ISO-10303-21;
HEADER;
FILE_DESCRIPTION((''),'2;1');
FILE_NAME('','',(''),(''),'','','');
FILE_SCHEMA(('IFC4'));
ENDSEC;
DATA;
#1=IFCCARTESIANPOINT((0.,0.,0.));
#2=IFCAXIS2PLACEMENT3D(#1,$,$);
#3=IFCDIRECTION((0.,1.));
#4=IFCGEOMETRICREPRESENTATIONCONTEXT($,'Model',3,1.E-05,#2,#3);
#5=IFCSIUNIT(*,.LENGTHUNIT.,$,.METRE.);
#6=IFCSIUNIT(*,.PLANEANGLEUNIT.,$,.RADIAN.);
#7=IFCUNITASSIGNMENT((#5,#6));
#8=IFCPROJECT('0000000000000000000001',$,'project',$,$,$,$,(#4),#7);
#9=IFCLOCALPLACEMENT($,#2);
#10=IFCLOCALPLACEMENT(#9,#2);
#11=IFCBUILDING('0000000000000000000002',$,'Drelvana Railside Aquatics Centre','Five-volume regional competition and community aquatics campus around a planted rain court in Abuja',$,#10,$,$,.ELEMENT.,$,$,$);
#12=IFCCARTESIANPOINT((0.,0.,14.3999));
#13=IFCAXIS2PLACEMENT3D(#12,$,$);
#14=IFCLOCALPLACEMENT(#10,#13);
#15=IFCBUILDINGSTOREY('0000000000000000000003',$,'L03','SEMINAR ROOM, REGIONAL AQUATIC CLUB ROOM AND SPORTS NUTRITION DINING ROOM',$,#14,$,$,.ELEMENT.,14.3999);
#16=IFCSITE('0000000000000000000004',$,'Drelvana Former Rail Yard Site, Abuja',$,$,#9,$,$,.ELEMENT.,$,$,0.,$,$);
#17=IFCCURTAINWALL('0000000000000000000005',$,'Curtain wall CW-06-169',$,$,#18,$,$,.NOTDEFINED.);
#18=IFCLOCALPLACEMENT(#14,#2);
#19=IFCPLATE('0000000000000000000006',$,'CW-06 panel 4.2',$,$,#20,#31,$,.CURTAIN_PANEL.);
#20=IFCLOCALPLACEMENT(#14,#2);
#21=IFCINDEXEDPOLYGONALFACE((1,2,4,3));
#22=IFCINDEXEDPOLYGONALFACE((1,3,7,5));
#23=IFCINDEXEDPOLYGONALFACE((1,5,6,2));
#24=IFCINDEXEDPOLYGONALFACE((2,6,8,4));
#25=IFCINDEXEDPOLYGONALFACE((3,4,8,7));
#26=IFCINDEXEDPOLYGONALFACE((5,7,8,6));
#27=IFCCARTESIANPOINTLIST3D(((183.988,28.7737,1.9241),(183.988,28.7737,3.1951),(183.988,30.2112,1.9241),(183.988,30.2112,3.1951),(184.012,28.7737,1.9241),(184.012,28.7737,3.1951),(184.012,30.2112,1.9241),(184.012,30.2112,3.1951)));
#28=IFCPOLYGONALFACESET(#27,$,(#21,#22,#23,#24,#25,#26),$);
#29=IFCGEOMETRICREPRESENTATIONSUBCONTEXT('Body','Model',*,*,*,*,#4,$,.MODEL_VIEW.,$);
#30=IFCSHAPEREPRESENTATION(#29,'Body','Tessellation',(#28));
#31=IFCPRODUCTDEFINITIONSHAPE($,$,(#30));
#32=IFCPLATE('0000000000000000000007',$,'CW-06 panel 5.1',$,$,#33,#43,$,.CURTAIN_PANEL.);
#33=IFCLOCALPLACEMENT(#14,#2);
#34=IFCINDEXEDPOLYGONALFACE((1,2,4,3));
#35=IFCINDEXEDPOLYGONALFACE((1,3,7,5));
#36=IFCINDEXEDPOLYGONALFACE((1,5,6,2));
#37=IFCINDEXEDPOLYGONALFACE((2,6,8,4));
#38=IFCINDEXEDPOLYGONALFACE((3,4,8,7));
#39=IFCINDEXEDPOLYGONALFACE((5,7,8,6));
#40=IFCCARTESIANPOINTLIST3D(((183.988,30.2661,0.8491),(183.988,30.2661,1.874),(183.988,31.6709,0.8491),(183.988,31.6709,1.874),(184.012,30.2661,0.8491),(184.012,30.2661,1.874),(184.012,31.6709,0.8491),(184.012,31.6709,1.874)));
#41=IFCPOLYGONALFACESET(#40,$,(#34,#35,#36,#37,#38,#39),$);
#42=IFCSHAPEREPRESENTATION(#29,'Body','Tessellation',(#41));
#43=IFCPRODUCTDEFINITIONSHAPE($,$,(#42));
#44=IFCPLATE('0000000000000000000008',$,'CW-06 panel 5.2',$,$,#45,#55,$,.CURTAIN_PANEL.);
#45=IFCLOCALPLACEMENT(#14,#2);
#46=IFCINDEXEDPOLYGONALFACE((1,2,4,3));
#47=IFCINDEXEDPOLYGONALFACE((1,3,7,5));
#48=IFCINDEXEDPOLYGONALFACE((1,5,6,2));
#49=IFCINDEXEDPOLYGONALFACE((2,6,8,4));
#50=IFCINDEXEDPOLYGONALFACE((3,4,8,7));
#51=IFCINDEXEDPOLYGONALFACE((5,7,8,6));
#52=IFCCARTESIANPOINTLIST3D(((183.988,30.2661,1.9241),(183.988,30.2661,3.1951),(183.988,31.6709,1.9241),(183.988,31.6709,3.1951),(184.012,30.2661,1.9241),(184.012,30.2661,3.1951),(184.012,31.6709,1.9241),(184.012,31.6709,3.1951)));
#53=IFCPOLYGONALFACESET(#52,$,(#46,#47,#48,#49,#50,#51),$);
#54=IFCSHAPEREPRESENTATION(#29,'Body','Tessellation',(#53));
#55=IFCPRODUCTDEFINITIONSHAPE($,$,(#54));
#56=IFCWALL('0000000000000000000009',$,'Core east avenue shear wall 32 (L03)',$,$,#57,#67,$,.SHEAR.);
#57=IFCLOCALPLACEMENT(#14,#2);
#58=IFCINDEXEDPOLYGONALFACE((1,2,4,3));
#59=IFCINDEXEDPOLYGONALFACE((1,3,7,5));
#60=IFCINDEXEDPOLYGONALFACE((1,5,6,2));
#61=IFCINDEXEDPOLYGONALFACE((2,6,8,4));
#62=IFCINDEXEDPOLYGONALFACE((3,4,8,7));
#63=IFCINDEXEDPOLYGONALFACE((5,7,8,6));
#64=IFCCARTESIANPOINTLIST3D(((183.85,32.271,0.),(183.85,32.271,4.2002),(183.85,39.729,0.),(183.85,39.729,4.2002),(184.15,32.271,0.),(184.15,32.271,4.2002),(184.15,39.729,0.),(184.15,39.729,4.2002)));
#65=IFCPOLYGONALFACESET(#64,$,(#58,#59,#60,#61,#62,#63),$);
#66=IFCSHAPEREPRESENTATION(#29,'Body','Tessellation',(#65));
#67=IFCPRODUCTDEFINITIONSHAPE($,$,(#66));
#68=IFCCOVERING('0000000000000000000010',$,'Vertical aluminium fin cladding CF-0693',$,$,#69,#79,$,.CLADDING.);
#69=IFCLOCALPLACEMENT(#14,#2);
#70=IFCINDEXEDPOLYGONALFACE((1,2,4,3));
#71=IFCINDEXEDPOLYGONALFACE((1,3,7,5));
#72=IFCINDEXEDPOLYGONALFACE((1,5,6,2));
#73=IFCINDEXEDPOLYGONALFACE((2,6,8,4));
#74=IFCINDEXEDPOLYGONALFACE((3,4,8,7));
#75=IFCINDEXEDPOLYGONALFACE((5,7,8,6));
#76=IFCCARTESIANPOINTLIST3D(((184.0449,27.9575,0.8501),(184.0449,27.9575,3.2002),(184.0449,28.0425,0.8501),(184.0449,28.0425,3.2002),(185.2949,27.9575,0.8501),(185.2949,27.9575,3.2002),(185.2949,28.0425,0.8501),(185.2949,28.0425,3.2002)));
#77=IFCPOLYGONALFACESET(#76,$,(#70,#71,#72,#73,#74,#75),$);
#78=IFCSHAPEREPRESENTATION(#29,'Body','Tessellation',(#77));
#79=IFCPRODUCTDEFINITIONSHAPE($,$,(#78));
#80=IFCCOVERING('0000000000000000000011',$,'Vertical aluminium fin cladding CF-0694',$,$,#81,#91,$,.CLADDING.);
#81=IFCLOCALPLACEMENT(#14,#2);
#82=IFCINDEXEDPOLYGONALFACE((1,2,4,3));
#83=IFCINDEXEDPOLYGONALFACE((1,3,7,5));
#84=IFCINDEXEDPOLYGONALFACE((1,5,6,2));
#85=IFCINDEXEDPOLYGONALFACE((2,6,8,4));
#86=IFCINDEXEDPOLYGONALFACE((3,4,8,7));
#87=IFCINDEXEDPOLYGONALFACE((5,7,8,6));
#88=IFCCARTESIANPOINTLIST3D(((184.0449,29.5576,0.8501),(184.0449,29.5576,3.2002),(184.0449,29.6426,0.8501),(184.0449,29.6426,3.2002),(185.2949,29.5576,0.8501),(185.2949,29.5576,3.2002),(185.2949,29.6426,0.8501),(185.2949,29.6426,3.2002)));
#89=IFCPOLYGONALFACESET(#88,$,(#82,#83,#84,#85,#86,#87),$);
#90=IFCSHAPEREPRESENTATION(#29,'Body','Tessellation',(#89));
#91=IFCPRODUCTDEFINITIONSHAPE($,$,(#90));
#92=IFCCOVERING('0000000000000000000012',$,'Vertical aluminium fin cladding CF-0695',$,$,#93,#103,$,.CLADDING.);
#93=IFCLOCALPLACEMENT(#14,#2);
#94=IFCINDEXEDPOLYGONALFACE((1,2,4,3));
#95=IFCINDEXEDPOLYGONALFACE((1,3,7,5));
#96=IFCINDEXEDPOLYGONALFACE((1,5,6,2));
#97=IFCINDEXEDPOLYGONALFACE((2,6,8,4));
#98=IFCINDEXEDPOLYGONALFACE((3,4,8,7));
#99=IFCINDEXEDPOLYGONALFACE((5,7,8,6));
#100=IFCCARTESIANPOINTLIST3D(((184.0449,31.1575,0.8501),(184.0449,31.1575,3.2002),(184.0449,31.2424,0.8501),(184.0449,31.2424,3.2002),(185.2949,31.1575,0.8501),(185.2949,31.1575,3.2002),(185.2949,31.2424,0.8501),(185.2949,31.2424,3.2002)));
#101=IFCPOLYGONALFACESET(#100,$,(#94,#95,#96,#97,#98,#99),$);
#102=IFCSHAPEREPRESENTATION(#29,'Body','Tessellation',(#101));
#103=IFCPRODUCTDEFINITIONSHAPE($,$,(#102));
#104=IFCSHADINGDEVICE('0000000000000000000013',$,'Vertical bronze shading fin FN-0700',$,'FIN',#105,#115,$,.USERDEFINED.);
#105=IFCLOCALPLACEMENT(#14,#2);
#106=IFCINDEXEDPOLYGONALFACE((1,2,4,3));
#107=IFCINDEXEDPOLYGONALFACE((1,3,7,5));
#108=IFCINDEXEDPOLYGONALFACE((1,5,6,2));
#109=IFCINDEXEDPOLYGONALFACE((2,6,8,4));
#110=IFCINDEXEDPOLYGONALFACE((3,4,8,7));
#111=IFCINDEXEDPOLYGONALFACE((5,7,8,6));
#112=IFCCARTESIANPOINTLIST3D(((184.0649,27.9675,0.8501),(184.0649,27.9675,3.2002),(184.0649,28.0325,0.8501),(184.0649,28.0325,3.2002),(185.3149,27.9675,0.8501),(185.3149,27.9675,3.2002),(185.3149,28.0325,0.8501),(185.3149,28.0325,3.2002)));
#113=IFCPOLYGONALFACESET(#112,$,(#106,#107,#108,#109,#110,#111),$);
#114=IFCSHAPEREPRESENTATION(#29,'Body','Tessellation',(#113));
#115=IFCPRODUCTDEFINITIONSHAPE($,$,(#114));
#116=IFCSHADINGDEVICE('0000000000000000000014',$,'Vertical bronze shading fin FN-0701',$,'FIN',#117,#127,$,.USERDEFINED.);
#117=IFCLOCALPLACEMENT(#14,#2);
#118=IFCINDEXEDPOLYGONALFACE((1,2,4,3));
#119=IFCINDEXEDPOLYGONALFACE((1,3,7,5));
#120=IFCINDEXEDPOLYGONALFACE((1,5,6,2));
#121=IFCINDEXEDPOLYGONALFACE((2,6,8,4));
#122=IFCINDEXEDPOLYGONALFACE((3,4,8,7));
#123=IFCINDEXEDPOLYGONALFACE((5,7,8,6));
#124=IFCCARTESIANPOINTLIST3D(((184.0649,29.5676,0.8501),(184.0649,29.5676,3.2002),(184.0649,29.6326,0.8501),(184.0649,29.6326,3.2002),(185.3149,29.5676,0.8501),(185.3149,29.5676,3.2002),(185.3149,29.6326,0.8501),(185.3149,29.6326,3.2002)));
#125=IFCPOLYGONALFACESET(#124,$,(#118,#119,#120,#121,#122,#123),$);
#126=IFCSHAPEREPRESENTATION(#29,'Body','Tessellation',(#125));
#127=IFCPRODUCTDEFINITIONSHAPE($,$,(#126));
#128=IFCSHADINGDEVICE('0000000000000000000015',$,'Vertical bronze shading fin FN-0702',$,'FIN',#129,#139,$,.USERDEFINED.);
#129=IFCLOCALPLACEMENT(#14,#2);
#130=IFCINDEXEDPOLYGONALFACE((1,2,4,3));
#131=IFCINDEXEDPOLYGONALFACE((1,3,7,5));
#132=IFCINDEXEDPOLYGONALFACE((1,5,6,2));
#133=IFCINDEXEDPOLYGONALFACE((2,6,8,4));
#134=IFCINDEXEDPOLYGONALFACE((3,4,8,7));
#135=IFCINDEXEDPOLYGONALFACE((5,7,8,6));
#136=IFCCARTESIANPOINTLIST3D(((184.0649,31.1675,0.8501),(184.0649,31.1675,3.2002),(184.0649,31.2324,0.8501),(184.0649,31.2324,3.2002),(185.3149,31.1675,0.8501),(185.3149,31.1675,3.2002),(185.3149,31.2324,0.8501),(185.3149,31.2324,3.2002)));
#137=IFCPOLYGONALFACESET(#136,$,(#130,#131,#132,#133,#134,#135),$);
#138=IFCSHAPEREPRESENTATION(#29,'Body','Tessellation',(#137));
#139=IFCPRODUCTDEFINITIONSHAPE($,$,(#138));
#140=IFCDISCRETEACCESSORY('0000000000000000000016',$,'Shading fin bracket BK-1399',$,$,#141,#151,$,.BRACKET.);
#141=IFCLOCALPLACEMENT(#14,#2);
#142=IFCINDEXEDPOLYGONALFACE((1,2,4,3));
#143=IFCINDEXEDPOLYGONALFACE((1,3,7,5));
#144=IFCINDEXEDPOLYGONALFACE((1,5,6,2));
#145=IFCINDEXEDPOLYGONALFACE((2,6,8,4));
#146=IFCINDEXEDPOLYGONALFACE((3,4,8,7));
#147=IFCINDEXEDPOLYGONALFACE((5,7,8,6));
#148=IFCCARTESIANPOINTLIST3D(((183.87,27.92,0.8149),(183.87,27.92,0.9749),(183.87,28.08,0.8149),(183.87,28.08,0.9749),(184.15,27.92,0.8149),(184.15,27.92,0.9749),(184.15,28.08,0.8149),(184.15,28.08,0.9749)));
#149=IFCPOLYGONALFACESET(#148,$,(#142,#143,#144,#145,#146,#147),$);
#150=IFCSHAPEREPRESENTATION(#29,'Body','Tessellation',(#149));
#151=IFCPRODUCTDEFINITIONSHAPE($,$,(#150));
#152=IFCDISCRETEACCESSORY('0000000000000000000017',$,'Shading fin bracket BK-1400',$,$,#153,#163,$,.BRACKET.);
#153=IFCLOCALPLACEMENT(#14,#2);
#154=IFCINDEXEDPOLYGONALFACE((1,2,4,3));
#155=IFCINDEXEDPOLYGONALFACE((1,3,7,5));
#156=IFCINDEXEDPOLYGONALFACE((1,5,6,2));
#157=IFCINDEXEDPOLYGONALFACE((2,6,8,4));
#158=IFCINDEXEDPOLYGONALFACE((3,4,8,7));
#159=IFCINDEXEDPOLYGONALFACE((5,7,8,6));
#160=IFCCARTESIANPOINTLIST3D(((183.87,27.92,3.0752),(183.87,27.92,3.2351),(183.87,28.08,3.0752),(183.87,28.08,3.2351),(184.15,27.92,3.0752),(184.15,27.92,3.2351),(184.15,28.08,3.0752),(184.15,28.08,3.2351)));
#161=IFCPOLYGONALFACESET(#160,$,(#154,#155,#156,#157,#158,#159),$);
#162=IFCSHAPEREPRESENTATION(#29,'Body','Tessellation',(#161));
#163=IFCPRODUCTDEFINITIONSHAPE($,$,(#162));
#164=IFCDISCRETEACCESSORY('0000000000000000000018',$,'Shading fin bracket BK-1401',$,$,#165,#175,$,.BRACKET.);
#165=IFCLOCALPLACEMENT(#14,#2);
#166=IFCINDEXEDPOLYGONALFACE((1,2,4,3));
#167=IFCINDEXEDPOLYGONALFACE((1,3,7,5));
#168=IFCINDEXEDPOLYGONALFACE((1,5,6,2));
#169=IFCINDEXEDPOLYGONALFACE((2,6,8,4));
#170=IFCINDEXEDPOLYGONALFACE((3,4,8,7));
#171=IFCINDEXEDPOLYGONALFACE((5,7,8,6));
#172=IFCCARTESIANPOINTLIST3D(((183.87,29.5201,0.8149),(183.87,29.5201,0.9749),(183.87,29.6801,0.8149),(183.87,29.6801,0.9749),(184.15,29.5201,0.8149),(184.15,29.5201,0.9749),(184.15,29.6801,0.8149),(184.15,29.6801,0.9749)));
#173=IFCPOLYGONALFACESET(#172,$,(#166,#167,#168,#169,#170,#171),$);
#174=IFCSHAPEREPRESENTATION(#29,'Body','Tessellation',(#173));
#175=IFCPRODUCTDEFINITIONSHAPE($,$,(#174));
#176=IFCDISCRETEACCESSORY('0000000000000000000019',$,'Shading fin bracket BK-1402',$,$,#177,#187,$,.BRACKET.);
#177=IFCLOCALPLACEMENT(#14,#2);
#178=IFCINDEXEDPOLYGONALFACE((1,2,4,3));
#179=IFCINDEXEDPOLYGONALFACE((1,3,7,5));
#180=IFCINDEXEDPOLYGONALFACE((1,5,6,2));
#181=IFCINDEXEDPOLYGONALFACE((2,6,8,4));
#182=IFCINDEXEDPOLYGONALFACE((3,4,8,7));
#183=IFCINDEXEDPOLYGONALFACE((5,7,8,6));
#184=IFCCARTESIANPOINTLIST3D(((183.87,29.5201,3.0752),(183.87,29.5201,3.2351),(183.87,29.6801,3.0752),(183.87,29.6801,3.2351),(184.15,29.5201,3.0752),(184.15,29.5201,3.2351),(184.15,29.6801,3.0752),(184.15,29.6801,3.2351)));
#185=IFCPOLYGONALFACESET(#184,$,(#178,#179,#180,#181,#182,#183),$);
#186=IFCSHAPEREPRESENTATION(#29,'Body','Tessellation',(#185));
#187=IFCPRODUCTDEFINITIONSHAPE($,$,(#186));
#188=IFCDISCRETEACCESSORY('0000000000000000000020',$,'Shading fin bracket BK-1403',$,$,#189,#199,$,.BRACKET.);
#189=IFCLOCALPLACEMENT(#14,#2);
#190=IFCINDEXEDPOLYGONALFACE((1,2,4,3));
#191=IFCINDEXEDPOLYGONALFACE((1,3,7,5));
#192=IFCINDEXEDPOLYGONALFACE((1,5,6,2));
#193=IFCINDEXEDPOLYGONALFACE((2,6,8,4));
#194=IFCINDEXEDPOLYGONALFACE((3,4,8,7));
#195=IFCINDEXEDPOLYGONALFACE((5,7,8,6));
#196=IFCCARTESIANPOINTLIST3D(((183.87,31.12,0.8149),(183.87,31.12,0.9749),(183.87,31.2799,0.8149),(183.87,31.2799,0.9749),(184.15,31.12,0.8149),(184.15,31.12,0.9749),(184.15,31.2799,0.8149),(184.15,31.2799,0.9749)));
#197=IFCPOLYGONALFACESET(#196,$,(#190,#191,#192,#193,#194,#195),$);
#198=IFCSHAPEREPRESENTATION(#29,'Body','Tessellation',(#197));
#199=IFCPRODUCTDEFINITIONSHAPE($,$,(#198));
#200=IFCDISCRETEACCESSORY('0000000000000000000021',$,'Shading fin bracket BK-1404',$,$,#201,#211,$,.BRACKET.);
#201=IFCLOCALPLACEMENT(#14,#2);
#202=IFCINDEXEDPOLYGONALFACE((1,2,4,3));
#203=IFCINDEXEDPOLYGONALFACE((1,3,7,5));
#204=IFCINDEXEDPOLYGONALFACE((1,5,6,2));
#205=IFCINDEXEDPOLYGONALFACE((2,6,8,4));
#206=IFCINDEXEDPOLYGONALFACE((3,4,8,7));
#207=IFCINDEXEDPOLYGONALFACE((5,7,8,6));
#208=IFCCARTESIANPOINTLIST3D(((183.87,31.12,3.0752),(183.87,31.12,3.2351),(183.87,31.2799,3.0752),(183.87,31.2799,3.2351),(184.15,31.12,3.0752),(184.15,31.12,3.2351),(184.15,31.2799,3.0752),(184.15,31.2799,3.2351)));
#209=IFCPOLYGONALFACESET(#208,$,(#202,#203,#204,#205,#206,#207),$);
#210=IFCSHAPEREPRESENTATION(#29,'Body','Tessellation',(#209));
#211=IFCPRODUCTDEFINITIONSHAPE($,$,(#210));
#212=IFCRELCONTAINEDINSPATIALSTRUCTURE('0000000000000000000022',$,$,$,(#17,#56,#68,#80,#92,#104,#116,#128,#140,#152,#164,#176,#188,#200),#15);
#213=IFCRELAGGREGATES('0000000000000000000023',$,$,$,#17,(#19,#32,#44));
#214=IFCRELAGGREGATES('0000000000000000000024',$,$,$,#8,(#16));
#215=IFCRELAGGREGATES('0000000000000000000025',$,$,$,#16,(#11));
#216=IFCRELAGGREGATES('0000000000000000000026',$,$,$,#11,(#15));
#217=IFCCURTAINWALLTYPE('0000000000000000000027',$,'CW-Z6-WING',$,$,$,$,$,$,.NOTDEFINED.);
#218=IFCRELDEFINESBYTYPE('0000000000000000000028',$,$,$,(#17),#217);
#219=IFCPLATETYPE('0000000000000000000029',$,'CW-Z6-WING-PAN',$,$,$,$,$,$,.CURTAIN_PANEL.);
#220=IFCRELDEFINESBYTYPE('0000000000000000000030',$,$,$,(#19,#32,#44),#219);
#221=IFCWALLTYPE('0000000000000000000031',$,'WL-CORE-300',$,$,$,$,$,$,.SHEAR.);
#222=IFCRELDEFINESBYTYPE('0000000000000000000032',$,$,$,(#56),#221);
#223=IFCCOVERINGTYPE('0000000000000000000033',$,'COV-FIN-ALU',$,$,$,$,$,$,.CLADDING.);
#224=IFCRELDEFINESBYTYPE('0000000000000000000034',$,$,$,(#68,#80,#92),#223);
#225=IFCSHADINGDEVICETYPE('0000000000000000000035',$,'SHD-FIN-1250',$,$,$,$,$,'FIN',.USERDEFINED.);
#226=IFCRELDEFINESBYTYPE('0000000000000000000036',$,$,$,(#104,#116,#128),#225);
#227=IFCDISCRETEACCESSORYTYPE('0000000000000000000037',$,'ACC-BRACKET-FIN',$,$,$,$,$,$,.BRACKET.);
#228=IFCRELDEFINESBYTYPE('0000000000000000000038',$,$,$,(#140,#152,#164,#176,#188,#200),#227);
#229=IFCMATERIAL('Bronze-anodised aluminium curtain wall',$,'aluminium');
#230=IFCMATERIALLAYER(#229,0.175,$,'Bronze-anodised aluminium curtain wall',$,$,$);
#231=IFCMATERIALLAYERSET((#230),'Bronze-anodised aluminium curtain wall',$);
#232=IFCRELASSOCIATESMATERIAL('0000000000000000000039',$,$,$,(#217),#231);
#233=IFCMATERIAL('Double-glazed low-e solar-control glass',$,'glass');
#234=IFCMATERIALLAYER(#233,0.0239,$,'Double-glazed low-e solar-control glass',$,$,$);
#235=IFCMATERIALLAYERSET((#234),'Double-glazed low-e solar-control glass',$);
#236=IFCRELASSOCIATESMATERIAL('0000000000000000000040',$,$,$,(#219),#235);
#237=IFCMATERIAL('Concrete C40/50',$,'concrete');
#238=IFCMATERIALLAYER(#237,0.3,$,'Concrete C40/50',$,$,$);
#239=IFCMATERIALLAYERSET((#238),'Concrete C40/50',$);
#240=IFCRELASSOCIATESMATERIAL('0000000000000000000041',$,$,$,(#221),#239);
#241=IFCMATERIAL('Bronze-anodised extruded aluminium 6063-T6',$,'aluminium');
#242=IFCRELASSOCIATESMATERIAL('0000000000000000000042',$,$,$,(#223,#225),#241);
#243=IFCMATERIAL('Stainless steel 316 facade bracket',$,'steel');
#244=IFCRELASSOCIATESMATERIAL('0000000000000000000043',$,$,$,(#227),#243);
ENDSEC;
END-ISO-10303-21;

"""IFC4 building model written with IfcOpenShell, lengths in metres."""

from ifc_helpers import new_model, si_unit, direction, frame, frame_2d, origin, origin_2d, place, context, subcontext, project, spatial, rectangle, extrude, material, layer, layer_set, type_object, element, aggregate, save


model = new_model("IFC4")

# Units and contexts
model_context = context("Model", 3, precision=1e-05, world=origin(), true_north=direction((0.0, 1.0)))
body_context = subcontext(model_context, "Body", "Model", "MODEL_VIEW")
ifc_project = project(units=[si_unit("LENGTHUNIT", "METRE"), si_unit("PLANEANGLEUNIT", "RADIAN")], contexts=[model_context])

# Site, building, storey
site_placement = place(None, origin())
site = spatial("IfcSite", under=ifc_project, at=site_placement, Name="Drelvana Former Rail Yard Site, Abuja", CompositionType="ELEMENT", RefElevation=0.0)
building_placement = place(site_placement, origin())
building = spatial("IfcBuilding", under=site, at=building_placement, Name="Drelvana Railside Aquatics Centre", Description="Five-volume regional competition and community aquatics campus around a planted rain court in Abuja", CompositionType="ELEMENT")
storey_placement = place(building_placement, frame((0.0, 0.0, 14.3999)))
storey = spatial("IfcBuildingStorey", under=building, at=storey_placement, Name="L03", Description="SEMINAR ROOM, REGIONAL AQUATIC CLUB ROOM AND SPORTS NUTRITION DINING ROOM", CompositionType="ELEMENT", Elevation=14.3999)

# Shared definitions
ifc_material_1 = material(Name="Concrete C40/50", Category="concrete")

# Curtain wall
ifc_material_2 = material(Name="Bronze-anodised aluminium curtain wall", Category="aluminium")
ifc_layer_1 = layer(ifc_material_2, 0.175, Name="Bronze-anodised aluminium curtain wall")
ifc_layer_set_1 = layer_set([ifc_layer_1], Name="Bronze-anodised aluminium curtain wall")
curtain_wall_type = type_object("IfcCurtainWallType", Name="CW-Z6-WING", PredefinedType="NOTDEFINED", material=ifc_layer_set_1)
curtain_wall_placement = place(storey_placement, origin())
curtain_wall = element("IfcCurtainWall", 1, at=curtain_wall_placement, inside=storey, type_object=curtain_wall_type, Name="Curtain wall CW-06-169", PredefinedType="NOTDEFINED")

# Plates
ifc_material_3 = material(Name="Double-glazed low-e solar-control glass", Category="glass")
ifc_layer_2 = layer(ifc_material_3, 0.0239, Name="Double-glazed low-e solar-control glass")
ifc_layer_set_2 = layer_set([ifc_layer_2], Name="Double-glazed low-e solar-control glass")
plate_type = type_object("IfcPlateType", Name="CW-Z6-WING-PAN", PredefinedType="CURTAIN_PANEL", material=ifc_layer_set_2)
plate_1_placement = place(storey_placement, frame((184.0, 29.4924, 1.9241), z_axis=(0.0, 0.0, 1.0), x_axis=(0.0, 1.0, 0.0)))
plate_1 = element("IfcPlate", 2, at=plate_1_placement, type_object=plate_type, Name="CW-06 panel 4.2", PredefinedType="CURTAIN_PANEL", context=body_context, shape_type="SweptSolid", body=[
    extrude(rectangle(XDim=1.4375, YDim=0.0239, at=origin_2d()), origin(), (0.0, 0.0, 1.0), 1.271),
])
plate_2_placement = place(storey_placement, frame((184.0, 30.9685, 0.8491), z_axis=(0.0, 0.0, 1.0), x_axis=(0.0, 1.0, 0.0)))
plate_2 = element("IfcPlate", 3, at=plate_2_placement, type_object=plate_type, Name="CW-06 panel 5.1", PredefinedType="CURTAIN_PANEL", context=body_context, shape_type="SweptSolid", body=[
    extrude(rectangle(XDim=1.4048, YDim=0.0239, at=origin_2d()), origin(), (0.0, 0.0, 1.0), 1.0249),
])
plate_3_placement = place(storey_placement, frame((184.0, 30.9685, 1.9241), z_axis=(0.0, 0.0, 1.0), x_axis=(0.0, 1.0, 0.0)))
plate_3 = element("IfcPlate", 4, at=plate_3_placement, type_object=plate_type, Name="CW-06 panel 5.2", PredefinedType="CURTAIN_PANEL", context=body_context, shape_type="SweptSolid", body=[
    extrude(rectangle(XDim=1.4048, YDim=0.0239, at=origin_2d()), origin(), (0.0, 0.0, 1.0), 1.271),
])
aggregate(curtain_wall, [plate_1, plate_2, plate_3])

# Wall
ifc_layer_3 = layer(ifc_material_1, 0.3, Name="Concrete C40/50")
ifc_layer_set_3 = layer_set([ifc_layer_3], Name="Concrete C40/50")
wall_type = type_object("IfcWallType", Name="WL-CORE-300", PredefinedType="SHEAR", material=ifc_layer_set_3)
wall_placement = place(storey_placement, frame((184.0, 32.271, 0.0), z_axis=(0.0, 0.0, 1.0), x_axis=(0.0, 1.0, 0.0)))
element("IfcWall", 5, at=wall_placement, inside=storey, type_object=wall_type, Name="Core east avenue shear wall 32 (L03)", PredefinedType="SHEAR", context=body_context, shape_type="SweptSolid", body=[
    extrude(rectangle(XDim=7.458, YDim=0.3, at=frame_2d((3.729, 0.0))), origin(), (0.0, 0.0, 1.0), 4.2002),
])

# Coverings
ifc_material_4 = material(Name="Bronze-anodised extruded aluminium 6063-T6", Category="aluminium")
covering_type = type_object("IfcCoveringType", Name="COV-FIN-ALU", PredefinedType="CLADDING", material=ifc_material_4)
for number, where, z_axis, x_axis, name in (
    (6, (184.6699, 28.0, 0.8501), (0.0, 0.0, 1.0), (0.0, -1.0, 0.0), "Vertical aluminium fin cladding CF-0693"),
    (7, (184.6699, 29.6001, 0.8501), (0.0, 0.0, 1.0), (0.0, -1.0, 0.0), "Vertical aluminium fin cladding CF-0694"),
    (8, (184.6699, 31.2, 0.8501), (0.0, 0.0, 1.0), (0.0, -1.0, 0.0), "Vertical aluminium fin cladding CF-0695"),
):
    element("IfcCovering", number, at=place(storey_placement, frame(where, z_axis=z_axis, x_axis=x_axis)), inside=storey, type_object=covering_type, Name=name, PredefinedType="CLADDING", context=body_context, shape_type="SweptSolid", body=[
        extrude(rectangle(XDim=0.085, YDim=1.25, at=origin_2d()), origin(), (0.0, 0.0, 1.0), 2.3501),
    ])

# Shading devices
shading_device_type = type_object("IfcShadingDeviceType", Name="SHD-FIN-1250", ElementType="FIN", PredefinedType="USERDEFINED", material=ifc_material_4)
for number, where, z_axis, x_axis, name in (
    (9, (184.6899, 28.0, 0.8501), (0.0, 0.0, 1.0), (1.0, 0.0, 0.0), "Vertical bronze shading fin FN-0700"),
    (10, (184.6899, 29.6001, 0.8501), (0.0, 0.0, 1.0), (1.0, 0.0, 0.0), "Vertical bronze shading fin FN-0701"),
    (11, (184.6899, 31.2, 0.8501), (0.0, 0.0, 1.0), (1.0, 0.0, 0.0), "Vertical bronze shading fin FN-0702"),
):
    element("IfcShadingDevice", number, at=place(storey_placement, frame(where, z_axis=z_axis, x_axis=x_axis)), inside=storey, type_object=shading_device_type, Name=name, ObjectType="FIN", PredefinedType="USERDEFINED", context=body_context, shape_type="SweptSolid", body=[
        extrude(rectangle(XDim=1.25, YDim=0.0649, at=origin_2d()), origin(), (0.0, 0.0, 1.0), 2.3501),
    ])

# Discrete accessories
ifc_material_5 = material(Name="Stainless steel 316 facade bracket", Category="steel")
discrete_accessory_type = type_object("IfcDiscreteAccessoryType", Name="ACC-BRACKET-FIN", PredefinedType="BRACKET", material=ifc_material_5)
for number, where, z_axis, x_axis, name in (
    (12, (184.01, 28.0, 0.8149), (0.0, 0.0, 1.0), (1.0, 0.0, 0.0), "Shading fin bracket BK-1399"),
    (13, (184.01, 28.0, 3.0752), (0.0, 0.0, 1.0), (1.0, 0.0, 0.0), "Shading fin bracket BK-1400"),
    (14, (184.01, 29.6001, 0.8149), (0.0, 0.0, 1.0), (1.0, 0.0, 0.0), "Shading fin bracket BK-1401"),
    (15, (184.01, 29.6001, 3.0752), (0.0, 0.0, 1.0), (1.0, 0.0, 0.0), "Shading fin bracket BK-1402"),
    (16, (184.01, 31.2, 0.8149), (0.0, 0.0, 1.0), (1.0, 0.0, 0.0), "Shading fin bracket BK-1403"),
    (17, (184.01, 31.2, 3.0752), (0.0, 0.0, 1.0), (1.0, 0.0, 0.0), "Shading fin bracket BK-1404"),
):
    element("IfcDiscreteAccessory", number, at=place(storey_placement, frame(where, z_axis=z_axis, x_axis=x_axis)), inside=storey, type_object=discrete_accessory_type, Name=name, PredefinedType="BRACKET", context=body_context, shape_type="SweptSolid", body=[
        extrude(rectangle(XDim=0.28, YDim=0.1599, at=origin_2d()), origin(), (0.0, 0.0, 1.0), 0.1599),
    ])

save(model, "model.ifc")
